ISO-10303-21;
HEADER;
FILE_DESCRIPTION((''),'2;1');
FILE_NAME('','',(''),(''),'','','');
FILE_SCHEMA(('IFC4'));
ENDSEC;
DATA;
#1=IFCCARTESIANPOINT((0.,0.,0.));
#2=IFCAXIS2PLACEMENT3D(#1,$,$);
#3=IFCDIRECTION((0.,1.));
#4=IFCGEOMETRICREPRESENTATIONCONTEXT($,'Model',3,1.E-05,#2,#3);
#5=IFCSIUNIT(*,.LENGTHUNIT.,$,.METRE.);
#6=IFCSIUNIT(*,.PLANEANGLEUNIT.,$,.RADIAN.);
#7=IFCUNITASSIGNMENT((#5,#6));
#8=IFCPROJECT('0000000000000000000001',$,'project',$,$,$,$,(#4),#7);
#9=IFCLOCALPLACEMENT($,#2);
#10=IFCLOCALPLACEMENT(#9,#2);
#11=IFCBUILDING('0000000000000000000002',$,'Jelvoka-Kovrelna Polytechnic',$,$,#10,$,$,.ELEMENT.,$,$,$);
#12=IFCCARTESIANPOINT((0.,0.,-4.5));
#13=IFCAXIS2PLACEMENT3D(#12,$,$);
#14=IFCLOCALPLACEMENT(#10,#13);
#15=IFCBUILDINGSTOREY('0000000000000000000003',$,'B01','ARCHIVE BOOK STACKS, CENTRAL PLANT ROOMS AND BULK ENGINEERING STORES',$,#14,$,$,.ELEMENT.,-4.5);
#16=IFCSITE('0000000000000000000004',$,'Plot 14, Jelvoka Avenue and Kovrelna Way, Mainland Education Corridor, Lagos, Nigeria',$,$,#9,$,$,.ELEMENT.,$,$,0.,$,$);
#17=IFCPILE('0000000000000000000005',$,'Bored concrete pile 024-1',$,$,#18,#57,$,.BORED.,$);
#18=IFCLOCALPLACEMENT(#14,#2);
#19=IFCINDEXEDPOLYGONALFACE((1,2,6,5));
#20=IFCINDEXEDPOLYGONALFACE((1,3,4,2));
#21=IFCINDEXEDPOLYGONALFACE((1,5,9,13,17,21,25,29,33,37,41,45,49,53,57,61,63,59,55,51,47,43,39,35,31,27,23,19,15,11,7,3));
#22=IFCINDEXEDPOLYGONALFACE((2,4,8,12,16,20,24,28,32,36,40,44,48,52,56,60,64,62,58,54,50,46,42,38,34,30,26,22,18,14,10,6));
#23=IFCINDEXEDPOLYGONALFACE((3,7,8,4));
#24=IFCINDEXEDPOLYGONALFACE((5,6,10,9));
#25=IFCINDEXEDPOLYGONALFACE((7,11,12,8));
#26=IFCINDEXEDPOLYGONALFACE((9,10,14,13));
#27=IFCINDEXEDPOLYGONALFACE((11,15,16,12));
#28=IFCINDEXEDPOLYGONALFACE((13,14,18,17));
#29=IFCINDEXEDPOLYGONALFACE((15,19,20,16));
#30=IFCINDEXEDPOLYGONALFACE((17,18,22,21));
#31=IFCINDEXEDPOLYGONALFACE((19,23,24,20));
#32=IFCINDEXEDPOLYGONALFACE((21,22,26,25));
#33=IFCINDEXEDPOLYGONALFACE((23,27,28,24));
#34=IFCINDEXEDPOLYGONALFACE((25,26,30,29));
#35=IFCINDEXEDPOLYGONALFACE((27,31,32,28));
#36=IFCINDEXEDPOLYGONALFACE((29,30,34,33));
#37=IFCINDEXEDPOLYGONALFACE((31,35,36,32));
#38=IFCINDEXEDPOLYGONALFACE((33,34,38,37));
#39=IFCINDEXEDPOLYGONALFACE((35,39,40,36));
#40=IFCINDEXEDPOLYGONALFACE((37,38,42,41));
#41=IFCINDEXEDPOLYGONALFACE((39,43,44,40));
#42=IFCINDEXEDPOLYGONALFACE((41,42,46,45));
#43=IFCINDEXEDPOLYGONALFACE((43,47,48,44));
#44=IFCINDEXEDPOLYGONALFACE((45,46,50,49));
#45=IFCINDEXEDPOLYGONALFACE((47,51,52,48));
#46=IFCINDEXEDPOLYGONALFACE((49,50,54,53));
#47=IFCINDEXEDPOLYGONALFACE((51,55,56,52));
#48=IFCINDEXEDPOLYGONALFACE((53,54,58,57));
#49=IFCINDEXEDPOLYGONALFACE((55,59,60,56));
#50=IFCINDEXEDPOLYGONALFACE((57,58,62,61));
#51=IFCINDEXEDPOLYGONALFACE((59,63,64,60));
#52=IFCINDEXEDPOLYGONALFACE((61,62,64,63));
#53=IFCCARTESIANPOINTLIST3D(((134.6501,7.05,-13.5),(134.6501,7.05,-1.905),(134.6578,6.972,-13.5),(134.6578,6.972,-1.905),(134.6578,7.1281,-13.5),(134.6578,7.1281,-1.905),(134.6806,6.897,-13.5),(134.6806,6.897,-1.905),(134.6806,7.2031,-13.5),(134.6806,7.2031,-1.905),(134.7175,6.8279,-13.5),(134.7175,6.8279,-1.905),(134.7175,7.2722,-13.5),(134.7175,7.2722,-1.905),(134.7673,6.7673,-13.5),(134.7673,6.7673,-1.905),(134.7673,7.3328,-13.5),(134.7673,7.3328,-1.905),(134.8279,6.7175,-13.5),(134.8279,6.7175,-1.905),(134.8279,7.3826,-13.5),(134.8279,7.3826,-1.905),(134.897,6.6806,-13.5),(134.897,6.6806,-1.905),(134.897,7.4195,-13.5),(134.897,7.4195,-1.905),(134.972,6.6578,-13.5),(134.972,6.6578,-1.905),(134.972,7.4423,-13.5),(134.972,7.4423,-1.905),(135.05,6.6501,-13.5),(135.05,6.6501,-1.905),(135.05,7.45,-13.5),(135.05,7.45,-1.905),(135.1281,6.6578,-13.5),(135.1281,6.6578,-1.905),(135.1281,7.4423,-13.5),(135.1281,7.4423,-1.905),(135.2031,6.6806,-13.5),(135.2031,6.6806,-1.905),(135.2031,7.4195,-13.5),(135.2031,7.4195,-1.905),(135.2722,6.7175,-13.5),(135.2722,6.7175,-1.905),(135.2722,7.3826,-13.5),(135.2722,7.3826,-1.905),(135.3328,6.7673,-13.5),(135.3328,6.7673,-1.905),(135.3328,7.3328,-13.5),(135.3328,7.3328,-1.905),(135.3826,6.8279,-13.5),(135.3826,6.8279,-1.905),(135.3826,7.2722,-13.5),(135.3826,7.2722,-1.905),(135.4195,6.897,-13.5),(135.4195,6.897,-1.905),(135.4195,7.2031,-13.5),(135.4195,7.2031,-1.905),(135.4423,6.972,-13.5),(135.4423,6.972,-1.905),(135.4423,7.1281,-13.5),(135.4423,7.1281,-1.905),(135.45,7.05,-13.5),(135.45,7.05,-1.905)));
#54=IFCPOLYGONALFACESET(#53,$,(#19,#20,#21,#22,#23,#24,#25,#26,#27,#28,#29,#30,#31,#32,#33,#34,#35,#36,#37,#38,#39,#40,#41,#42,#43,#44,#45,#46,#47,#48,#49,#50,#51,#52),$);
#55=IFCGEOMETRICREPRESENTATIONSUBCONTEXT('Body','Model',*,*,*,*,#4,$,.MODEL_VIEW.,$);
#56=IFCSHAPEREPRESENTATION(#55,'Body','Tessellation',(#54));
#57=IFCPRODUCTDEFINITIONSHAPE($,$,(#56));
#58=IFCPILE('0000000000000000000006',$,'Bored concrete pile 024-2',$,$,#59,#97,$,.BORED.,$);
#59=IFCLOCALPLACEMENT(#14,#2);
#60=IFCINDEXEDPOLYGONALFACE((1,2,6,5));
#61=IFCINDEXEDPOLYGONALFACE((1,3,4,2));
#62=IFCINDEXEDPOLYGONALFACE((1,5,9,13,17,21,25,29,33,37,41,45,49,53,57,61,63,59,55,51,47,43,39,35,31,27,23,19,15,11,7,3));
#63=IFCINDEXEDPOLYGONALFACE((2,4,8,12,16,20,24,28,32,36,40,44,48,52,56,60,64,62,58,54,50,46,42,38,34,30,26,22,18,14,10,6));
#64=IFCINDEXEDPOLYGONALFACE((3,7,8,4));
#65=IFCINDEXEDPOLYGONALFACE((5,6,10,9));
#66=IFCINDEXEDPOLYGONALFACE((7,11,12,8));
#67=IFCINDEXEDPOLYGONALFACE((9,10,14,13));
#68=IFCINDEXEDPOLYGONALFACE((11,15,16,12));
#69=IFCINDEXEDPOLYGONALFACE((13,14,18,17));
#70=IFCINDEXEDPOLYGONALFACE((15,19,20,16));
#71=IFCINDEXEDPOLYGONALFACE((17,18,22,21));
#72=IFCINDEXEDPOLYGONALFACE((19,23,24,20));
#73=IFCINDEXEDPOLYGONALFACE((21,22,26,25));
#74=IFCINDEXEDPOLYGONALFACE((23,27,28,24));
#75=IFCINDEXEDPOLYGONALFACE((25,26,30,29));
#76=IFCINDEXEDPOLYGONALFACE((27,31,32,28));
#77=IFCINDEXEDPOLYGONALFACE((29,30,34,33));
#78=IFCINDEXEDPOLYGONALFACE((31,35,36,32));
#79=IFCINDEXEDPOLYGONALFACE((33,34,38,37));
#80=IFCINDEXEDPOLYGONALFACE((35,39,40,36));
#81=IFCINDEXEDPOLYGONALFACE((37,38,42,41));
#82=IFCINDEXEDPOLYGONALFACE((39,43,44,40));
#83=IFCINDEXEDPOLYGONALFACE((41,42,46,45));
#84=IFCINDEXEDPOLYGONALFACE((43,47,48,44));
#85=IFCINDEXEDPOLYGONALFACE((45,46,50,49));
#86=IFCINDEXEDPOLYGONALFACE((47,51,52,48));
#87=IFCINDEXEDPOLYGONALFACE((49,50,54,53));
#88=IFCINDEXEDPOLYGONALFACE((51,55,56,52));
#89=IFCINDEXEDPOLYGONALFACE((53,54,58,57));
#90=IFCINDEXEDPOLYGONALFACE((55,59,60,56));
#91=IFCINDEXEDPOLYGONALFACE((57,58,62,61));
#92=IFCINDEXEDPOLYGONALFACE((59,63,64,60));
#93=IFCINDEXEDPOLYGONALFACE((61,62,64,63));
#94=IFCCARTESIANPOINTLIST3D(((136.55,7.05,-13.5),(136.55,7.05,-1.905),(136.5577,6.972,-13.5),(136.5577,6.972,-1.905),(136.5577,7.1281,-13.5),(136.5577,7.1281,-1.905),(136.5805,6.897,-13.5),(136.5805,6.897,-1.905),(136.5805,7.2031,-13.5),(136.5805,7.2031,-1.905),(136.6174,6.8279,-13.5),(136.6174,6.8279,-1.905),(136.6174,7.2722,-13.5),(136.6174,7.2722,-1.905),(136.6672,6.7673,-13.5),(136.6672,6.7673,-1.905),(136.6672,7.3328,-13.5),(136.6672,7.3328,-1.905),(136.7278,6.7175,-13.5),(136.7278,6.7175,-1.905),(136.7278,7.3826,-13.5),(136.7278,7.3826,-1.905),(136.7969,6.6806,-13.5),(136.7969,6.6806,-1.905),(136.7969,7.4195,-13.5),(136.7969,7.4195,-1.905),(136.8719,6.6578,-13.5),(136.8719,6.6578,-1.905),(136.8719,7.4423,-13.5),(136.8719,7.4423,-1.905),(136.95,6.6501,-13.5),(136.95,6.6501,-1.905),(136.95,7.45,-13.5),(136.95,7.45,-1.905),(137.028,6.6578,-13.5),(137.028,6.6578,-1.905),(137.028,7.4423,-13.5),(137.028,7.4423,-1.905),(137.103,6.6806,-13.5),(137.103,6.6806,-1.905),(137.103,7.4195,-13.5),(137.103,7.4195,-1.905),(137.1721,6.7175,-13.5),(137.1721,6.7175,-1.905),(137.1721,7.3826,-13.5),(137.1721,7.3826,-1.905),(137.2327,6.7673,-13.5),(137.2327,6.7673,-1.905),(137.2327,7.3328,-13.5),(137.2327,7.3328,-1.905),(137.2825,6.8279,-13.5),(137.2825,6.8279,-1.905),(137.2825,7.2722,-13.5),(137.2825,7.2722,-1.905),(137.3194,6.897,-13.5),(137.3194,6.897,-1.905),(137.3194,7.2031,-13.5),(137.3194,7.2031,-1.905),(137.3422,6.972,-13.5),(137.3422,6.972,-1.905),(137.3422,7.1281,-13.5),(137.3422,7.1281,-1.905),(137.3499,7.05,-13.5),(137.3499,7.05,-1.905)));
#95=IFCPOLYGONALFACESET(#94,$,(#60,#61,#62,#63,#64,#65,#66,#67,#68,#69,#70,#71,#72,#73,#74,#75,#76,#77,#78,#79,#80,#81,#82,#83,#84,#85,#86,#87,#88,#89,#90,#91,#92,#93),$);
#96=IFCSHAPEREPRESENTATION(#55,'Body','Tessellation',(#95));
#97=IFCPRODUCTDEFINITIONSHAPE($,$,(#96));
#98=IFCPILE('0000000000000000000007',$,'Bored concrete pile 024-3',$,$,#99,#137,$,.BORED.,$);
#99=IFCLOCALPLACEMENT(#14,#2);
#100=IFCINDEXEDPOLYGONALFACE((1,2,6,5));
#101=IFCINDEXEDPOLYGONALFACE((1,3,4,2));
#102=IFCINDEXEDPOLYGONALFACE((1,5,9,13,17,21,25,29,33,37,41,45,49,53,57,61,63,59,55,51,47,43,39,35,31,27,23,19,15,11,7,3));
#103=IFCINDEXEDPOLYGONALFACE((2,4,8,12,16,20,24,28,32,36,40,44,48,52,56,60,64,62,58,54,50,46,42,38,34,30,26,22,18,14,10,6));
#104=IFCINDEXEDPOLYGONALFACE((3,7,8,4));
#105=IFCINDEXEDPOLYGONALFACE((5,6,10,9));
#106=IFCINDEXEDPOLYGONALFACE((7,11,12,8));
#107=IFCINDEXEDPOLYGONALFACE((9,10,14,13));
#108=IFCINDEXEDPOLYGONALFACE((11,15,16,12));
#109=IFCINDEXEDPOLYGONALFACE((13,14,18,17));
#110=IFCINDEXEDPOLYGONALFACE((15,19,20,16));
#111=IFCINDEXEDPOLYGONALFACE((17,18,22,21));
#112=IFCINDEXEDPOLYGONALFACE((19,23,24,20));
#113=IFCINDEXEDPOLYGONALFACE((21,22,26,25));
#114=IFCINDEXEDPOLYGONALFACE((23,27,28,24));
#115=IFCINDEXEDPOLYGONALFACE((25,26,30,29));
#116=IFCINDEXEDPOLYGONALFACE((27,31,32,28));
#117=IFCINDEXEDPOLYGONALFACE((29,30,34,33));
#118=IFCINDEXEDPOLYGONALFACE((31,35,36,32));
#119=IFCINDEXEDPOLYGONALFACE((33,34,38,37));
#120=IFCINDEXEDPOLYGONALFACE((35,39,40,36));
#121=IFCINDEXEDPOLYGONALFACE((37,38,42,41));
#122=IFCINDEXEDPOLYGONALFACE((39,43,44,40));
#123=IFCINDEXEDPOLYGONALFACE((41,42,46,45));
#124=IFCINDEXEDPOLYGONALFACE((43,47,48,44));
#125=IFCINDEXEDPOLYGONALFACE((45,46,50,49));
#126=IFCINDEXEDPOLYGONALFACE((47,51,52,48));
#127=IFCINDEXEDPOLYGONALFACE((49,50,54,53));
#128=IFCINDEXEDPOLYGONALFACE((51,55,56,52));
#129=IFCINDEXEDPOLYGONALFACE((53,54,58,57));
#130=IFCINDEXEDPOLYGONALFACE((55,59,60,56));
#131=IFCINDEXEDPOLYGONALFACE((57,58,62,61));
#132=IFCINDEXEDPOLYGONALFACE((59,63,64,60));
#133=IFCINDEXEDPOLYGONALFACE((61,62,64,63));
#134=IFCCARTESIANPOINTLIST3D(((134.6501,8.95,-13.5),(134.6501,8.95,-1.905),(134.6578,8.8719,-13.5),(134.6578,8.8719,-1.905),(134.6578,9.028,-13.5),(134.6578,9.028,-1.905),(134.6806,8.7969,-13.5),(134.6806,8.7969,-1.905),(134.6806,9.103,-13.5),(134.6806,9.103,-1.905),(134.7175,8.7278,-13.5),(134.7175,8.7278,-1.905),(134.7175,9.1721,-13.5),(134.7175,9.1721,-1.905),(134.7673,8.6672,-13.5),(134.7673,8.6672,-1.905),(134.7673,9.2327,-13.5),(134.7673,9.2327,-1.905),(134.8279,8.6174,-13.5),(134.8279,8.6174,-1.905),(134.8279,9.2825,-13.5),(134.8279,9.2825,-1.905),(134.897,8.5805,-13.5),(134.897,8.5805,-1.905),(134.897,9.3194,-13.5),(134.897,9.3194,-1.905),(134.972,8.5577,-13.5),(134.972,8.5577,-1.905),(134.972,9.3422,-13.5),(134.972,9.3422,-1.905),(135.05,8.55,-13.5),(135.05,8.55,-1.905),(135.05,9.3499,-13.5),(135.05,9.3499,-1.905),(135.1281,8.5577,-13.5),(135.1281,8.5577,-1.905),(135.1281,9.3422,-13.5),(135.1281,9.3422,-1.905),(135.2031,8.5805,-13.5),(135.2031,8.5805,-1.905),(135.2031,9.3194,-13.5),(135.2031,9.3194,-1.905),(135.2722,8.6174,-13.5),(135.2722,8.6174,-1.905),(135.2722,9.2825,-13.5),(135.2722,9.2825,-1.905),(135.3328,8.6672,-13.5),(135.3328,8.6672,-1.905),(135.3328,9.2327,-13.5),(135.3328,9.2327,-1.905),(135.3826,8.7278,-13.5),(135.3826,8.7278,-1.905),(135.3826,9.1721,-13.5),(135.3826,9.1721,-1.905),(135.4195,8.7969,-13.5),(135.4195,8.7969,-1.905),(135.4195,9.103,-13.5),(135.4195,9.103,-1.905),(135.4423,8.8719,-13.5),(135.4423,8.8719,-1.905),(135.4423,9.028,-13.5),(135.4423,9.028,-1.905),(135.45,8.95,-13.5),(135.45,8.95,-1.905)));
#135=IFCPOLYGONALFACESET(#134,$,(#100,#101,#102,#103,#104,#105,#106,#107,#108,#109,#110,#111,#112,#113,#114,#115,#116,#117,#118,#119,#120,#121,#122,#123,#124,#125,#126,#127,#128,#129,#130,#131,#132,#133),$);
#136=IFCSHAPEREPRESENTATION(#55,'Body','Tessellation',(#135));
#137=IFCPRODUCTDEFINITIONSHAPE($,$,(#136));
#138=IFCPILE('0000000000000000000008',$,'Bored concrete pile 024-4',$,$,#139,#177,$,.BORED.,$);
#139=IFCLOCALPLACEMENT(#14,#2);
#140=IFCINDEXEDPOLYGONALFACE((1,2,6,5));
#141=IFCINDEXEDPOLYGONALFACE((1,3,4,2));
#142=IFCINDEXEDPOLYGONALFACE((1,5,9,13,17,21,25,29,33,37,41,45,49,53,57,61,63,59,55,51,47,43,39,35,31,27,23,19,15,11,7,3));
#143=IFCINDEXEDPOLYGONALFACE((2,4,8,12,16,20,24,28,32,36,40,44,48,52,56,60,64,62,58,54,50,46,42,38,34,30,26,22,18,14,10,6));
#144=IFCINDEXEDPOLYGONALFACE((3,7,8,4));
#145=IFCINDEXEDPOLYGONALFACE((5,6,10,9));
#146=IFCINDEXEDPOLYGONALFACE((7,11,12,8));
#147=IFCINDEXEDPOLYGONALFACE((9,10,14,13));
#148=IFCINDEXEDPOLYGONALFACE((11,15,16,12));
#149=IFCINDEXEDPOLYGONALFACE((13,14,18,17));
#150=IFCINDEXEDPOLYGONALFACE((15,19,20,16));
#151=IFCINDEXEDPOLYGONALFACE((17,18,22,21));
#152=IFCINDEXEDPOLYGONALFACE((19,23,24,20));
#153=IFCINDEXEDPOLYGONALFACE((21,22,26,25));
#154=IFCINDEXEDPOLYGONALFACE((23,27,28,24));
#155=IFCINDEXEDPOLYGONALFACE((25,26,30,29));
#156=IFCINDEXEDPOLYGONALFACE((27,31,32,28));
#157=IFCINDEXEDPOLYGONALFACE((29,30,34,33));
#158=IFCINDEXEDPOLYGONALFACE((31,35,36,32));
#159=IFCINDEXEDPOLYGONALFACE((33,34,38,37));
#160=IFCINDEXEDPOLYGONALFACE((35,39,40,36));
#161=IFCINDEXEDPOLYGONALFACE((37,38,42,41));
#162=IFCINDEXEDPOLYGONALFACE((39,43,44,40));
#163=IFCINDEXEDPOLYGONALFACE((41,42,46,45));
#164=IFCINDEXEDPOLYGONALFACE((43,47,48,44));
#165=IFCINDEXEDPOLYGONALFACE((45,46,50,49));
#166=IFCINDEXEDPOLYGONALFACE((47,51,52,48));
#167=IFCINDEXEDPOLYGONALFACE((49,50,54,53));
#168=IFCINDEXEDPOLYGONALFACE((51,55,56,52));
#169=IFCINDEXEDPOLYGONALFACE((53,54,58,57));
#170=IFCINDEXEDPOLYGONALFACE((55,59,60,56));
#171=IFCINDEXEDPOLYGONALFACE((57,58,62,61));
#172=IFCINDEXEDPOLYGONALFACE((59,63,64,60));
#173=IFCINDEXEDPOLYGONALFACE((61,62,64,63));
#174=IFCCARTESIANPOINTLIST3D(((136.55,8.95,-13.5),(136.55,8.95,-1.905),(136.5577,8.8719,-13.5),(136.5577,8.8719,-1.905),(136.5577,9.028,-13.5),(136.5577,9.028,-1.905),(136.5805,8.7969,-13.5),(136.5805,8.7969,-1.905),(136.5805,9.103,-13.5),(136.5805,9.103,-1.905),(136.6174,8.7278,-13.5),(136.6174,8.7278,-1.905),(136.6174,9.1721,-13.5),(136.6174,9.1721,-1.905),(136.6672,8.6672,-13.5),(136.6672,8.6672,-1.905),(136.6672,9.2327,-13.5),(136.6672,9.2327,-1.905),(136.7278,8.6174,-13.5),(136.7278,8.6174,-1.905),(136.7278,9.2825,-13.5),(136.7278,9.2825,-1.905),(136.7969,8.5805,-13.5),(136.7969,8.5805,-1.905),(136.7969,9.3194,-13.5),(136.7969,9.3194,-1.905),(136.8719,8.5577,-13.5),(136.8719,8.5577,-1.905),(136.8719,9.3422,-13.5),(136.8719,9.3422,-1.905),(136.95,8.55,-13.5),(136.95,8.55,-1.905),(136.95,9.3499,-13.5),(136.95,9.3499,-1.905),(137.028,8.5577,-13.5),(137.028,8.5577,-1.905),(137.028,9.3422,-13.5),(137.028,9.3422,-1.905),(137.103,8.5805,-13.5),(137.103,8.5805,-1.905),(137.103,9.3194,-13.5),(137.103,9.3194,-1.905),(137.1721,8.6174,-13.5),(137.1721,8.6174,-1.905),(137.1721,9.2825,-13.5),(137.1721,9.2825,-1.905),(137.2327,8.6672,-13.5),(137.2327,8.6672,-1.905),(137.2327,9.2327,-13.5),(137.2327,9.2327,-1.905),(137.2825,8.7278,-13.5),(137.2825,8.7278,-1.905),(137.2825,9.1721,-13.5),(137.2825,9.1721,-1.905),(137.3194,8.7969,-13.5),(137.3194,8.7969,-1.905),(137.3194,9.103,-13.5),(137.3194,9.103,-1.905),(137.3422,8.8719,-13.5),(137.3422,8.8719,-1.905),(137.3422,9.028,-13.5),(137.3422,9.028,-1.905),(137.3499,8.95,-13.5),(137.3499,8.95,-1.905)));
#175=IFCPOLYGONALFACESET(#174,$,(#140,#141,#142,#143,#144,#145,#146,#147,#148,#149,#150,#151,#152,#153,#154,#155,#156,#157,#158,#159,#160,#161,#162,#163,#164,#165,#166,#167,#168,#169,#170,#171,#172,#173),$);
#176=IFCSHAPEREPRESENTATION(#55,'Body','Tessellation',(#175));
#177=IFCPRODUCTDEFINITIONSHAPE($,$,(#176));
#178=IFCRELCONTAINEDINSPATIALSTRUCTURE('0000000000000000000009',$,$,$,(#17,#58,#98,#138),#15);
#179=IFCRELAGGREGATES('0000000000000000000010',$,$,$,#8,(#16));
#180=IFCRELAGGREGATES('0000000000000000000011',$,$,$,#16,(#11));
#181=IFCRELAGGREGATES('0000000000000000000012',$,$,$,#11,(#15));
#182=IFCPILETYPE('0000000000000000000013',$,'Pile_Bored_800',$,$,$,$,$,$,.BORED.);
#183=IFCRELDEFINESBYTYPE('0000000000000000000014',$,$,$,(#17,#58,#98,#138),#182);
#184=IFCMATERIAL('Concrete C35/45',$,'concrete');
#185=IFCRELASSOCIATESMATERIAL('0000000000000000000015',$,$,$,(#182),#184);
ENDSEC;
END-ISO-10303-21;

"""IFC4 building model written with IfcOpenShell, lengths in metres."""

from ifc_helpers import new_model, si_unit, direction, frame, origin, origin_2d, place, context, subcontext, project, spatial, circle, extrude, material, material_profile, profile_set, type_object, element, save


model = new_model("IFC4")

# Units and contexts
model_context = context("Model", 3, precision=1e-05, world=origin(), true_north=direction((0.0, 1.0)))
body_context = subcontext(model_context, "Body", "Model", "MODEL_VIEW")
ifc_project = project(units=[si_unit("LENGTHUNIT", "METRE"), si_unit("PLANEANGLEUNIT", "RADIAN")], contexts=[model_context])

# Site, building, storey
site_placement = place(None, origin())
site = spatial("IfcSite", under=ifc_project, at=site_placement, Name="Plot 14, Jelvoka Avenue and Kovrelna Way, Mainland Education Corridor, Lagos, Nigeria", CompositionType="ELEMENT", RefElevation=0.0)
building_placement = place(site_placement, origin())
building = spatial("IfcBuilding", under=site, at=building_placement, Name="Jelvoka-Kovrelna Polytechnic", CompositionType="ELEMENT")
storey_placement = place(building_placement, frame((0.0, 0.0, -4.5)))
storey = spatial("IfcBuildingStorey", under=building, at=storey_placement, Name="B01", Description="ARCHIVE BOOK STACKS, CENTRAL PLANT ROOMS AND BULK ENGINEERING STORES", CompositionType="ELEMENT", Elevation=-4.5)

# Piles
ifc_material_1 = material(Name="Concrete C35/45", Category="concrete")
ifc_material_profile_1 = material_profile(ifc_material_1, circle(Radius=0.3999, at=origin_2d()), Name="PILE D800")
ifc_profile_set_1 = profile_set([ifc_material_profile_1], Name="Concrete C35/45")
pile_type = type_object("IfcPileType", Name="Pile_Bored_800", PredefinedType="BORED", material=ifc_profile_set_1)
for number, where, z_axis, x_axis, name in (
    (1, (135.05, 7.05, -1.905), (0.0, 0.0, -1.0), (1.0, 0.0, 0.0), "Bored concrete pile 024-1"),
    (2, (136.95, 7.05, -1.905), (0.0, 0.0, -1.0), (1.0, 0.0, 0.0), "Bored concrete pile 024-2"),
    (3, (135.05, 8.95, -1.905), (0.0, 0.0, -1.0), (1.0, 0.0, 0.0), "Bored concrete pile 024-3"),
    (4, (136.95, 8.95, -1.905), (0.0, 0.0, -1.0), (1.0, 0.0, 0.0), "Bored concrete pile 024-4"),
):
    element("IfcPile", number, at=place(storey_placement, frame(where, z_axis=z_axis, x_axis=x_axis)), inside=storey, type_object=pile_type, Name=name, PredefinedType="BORED", context=body_context, shape_type="SweptSolid", body=[
        extrude(circle(Radius=0.3999, at=origin_2d()), origin(), (0.0, 0.0, 1.0), 11.595),
    ])

save(model, "model.ifc")
